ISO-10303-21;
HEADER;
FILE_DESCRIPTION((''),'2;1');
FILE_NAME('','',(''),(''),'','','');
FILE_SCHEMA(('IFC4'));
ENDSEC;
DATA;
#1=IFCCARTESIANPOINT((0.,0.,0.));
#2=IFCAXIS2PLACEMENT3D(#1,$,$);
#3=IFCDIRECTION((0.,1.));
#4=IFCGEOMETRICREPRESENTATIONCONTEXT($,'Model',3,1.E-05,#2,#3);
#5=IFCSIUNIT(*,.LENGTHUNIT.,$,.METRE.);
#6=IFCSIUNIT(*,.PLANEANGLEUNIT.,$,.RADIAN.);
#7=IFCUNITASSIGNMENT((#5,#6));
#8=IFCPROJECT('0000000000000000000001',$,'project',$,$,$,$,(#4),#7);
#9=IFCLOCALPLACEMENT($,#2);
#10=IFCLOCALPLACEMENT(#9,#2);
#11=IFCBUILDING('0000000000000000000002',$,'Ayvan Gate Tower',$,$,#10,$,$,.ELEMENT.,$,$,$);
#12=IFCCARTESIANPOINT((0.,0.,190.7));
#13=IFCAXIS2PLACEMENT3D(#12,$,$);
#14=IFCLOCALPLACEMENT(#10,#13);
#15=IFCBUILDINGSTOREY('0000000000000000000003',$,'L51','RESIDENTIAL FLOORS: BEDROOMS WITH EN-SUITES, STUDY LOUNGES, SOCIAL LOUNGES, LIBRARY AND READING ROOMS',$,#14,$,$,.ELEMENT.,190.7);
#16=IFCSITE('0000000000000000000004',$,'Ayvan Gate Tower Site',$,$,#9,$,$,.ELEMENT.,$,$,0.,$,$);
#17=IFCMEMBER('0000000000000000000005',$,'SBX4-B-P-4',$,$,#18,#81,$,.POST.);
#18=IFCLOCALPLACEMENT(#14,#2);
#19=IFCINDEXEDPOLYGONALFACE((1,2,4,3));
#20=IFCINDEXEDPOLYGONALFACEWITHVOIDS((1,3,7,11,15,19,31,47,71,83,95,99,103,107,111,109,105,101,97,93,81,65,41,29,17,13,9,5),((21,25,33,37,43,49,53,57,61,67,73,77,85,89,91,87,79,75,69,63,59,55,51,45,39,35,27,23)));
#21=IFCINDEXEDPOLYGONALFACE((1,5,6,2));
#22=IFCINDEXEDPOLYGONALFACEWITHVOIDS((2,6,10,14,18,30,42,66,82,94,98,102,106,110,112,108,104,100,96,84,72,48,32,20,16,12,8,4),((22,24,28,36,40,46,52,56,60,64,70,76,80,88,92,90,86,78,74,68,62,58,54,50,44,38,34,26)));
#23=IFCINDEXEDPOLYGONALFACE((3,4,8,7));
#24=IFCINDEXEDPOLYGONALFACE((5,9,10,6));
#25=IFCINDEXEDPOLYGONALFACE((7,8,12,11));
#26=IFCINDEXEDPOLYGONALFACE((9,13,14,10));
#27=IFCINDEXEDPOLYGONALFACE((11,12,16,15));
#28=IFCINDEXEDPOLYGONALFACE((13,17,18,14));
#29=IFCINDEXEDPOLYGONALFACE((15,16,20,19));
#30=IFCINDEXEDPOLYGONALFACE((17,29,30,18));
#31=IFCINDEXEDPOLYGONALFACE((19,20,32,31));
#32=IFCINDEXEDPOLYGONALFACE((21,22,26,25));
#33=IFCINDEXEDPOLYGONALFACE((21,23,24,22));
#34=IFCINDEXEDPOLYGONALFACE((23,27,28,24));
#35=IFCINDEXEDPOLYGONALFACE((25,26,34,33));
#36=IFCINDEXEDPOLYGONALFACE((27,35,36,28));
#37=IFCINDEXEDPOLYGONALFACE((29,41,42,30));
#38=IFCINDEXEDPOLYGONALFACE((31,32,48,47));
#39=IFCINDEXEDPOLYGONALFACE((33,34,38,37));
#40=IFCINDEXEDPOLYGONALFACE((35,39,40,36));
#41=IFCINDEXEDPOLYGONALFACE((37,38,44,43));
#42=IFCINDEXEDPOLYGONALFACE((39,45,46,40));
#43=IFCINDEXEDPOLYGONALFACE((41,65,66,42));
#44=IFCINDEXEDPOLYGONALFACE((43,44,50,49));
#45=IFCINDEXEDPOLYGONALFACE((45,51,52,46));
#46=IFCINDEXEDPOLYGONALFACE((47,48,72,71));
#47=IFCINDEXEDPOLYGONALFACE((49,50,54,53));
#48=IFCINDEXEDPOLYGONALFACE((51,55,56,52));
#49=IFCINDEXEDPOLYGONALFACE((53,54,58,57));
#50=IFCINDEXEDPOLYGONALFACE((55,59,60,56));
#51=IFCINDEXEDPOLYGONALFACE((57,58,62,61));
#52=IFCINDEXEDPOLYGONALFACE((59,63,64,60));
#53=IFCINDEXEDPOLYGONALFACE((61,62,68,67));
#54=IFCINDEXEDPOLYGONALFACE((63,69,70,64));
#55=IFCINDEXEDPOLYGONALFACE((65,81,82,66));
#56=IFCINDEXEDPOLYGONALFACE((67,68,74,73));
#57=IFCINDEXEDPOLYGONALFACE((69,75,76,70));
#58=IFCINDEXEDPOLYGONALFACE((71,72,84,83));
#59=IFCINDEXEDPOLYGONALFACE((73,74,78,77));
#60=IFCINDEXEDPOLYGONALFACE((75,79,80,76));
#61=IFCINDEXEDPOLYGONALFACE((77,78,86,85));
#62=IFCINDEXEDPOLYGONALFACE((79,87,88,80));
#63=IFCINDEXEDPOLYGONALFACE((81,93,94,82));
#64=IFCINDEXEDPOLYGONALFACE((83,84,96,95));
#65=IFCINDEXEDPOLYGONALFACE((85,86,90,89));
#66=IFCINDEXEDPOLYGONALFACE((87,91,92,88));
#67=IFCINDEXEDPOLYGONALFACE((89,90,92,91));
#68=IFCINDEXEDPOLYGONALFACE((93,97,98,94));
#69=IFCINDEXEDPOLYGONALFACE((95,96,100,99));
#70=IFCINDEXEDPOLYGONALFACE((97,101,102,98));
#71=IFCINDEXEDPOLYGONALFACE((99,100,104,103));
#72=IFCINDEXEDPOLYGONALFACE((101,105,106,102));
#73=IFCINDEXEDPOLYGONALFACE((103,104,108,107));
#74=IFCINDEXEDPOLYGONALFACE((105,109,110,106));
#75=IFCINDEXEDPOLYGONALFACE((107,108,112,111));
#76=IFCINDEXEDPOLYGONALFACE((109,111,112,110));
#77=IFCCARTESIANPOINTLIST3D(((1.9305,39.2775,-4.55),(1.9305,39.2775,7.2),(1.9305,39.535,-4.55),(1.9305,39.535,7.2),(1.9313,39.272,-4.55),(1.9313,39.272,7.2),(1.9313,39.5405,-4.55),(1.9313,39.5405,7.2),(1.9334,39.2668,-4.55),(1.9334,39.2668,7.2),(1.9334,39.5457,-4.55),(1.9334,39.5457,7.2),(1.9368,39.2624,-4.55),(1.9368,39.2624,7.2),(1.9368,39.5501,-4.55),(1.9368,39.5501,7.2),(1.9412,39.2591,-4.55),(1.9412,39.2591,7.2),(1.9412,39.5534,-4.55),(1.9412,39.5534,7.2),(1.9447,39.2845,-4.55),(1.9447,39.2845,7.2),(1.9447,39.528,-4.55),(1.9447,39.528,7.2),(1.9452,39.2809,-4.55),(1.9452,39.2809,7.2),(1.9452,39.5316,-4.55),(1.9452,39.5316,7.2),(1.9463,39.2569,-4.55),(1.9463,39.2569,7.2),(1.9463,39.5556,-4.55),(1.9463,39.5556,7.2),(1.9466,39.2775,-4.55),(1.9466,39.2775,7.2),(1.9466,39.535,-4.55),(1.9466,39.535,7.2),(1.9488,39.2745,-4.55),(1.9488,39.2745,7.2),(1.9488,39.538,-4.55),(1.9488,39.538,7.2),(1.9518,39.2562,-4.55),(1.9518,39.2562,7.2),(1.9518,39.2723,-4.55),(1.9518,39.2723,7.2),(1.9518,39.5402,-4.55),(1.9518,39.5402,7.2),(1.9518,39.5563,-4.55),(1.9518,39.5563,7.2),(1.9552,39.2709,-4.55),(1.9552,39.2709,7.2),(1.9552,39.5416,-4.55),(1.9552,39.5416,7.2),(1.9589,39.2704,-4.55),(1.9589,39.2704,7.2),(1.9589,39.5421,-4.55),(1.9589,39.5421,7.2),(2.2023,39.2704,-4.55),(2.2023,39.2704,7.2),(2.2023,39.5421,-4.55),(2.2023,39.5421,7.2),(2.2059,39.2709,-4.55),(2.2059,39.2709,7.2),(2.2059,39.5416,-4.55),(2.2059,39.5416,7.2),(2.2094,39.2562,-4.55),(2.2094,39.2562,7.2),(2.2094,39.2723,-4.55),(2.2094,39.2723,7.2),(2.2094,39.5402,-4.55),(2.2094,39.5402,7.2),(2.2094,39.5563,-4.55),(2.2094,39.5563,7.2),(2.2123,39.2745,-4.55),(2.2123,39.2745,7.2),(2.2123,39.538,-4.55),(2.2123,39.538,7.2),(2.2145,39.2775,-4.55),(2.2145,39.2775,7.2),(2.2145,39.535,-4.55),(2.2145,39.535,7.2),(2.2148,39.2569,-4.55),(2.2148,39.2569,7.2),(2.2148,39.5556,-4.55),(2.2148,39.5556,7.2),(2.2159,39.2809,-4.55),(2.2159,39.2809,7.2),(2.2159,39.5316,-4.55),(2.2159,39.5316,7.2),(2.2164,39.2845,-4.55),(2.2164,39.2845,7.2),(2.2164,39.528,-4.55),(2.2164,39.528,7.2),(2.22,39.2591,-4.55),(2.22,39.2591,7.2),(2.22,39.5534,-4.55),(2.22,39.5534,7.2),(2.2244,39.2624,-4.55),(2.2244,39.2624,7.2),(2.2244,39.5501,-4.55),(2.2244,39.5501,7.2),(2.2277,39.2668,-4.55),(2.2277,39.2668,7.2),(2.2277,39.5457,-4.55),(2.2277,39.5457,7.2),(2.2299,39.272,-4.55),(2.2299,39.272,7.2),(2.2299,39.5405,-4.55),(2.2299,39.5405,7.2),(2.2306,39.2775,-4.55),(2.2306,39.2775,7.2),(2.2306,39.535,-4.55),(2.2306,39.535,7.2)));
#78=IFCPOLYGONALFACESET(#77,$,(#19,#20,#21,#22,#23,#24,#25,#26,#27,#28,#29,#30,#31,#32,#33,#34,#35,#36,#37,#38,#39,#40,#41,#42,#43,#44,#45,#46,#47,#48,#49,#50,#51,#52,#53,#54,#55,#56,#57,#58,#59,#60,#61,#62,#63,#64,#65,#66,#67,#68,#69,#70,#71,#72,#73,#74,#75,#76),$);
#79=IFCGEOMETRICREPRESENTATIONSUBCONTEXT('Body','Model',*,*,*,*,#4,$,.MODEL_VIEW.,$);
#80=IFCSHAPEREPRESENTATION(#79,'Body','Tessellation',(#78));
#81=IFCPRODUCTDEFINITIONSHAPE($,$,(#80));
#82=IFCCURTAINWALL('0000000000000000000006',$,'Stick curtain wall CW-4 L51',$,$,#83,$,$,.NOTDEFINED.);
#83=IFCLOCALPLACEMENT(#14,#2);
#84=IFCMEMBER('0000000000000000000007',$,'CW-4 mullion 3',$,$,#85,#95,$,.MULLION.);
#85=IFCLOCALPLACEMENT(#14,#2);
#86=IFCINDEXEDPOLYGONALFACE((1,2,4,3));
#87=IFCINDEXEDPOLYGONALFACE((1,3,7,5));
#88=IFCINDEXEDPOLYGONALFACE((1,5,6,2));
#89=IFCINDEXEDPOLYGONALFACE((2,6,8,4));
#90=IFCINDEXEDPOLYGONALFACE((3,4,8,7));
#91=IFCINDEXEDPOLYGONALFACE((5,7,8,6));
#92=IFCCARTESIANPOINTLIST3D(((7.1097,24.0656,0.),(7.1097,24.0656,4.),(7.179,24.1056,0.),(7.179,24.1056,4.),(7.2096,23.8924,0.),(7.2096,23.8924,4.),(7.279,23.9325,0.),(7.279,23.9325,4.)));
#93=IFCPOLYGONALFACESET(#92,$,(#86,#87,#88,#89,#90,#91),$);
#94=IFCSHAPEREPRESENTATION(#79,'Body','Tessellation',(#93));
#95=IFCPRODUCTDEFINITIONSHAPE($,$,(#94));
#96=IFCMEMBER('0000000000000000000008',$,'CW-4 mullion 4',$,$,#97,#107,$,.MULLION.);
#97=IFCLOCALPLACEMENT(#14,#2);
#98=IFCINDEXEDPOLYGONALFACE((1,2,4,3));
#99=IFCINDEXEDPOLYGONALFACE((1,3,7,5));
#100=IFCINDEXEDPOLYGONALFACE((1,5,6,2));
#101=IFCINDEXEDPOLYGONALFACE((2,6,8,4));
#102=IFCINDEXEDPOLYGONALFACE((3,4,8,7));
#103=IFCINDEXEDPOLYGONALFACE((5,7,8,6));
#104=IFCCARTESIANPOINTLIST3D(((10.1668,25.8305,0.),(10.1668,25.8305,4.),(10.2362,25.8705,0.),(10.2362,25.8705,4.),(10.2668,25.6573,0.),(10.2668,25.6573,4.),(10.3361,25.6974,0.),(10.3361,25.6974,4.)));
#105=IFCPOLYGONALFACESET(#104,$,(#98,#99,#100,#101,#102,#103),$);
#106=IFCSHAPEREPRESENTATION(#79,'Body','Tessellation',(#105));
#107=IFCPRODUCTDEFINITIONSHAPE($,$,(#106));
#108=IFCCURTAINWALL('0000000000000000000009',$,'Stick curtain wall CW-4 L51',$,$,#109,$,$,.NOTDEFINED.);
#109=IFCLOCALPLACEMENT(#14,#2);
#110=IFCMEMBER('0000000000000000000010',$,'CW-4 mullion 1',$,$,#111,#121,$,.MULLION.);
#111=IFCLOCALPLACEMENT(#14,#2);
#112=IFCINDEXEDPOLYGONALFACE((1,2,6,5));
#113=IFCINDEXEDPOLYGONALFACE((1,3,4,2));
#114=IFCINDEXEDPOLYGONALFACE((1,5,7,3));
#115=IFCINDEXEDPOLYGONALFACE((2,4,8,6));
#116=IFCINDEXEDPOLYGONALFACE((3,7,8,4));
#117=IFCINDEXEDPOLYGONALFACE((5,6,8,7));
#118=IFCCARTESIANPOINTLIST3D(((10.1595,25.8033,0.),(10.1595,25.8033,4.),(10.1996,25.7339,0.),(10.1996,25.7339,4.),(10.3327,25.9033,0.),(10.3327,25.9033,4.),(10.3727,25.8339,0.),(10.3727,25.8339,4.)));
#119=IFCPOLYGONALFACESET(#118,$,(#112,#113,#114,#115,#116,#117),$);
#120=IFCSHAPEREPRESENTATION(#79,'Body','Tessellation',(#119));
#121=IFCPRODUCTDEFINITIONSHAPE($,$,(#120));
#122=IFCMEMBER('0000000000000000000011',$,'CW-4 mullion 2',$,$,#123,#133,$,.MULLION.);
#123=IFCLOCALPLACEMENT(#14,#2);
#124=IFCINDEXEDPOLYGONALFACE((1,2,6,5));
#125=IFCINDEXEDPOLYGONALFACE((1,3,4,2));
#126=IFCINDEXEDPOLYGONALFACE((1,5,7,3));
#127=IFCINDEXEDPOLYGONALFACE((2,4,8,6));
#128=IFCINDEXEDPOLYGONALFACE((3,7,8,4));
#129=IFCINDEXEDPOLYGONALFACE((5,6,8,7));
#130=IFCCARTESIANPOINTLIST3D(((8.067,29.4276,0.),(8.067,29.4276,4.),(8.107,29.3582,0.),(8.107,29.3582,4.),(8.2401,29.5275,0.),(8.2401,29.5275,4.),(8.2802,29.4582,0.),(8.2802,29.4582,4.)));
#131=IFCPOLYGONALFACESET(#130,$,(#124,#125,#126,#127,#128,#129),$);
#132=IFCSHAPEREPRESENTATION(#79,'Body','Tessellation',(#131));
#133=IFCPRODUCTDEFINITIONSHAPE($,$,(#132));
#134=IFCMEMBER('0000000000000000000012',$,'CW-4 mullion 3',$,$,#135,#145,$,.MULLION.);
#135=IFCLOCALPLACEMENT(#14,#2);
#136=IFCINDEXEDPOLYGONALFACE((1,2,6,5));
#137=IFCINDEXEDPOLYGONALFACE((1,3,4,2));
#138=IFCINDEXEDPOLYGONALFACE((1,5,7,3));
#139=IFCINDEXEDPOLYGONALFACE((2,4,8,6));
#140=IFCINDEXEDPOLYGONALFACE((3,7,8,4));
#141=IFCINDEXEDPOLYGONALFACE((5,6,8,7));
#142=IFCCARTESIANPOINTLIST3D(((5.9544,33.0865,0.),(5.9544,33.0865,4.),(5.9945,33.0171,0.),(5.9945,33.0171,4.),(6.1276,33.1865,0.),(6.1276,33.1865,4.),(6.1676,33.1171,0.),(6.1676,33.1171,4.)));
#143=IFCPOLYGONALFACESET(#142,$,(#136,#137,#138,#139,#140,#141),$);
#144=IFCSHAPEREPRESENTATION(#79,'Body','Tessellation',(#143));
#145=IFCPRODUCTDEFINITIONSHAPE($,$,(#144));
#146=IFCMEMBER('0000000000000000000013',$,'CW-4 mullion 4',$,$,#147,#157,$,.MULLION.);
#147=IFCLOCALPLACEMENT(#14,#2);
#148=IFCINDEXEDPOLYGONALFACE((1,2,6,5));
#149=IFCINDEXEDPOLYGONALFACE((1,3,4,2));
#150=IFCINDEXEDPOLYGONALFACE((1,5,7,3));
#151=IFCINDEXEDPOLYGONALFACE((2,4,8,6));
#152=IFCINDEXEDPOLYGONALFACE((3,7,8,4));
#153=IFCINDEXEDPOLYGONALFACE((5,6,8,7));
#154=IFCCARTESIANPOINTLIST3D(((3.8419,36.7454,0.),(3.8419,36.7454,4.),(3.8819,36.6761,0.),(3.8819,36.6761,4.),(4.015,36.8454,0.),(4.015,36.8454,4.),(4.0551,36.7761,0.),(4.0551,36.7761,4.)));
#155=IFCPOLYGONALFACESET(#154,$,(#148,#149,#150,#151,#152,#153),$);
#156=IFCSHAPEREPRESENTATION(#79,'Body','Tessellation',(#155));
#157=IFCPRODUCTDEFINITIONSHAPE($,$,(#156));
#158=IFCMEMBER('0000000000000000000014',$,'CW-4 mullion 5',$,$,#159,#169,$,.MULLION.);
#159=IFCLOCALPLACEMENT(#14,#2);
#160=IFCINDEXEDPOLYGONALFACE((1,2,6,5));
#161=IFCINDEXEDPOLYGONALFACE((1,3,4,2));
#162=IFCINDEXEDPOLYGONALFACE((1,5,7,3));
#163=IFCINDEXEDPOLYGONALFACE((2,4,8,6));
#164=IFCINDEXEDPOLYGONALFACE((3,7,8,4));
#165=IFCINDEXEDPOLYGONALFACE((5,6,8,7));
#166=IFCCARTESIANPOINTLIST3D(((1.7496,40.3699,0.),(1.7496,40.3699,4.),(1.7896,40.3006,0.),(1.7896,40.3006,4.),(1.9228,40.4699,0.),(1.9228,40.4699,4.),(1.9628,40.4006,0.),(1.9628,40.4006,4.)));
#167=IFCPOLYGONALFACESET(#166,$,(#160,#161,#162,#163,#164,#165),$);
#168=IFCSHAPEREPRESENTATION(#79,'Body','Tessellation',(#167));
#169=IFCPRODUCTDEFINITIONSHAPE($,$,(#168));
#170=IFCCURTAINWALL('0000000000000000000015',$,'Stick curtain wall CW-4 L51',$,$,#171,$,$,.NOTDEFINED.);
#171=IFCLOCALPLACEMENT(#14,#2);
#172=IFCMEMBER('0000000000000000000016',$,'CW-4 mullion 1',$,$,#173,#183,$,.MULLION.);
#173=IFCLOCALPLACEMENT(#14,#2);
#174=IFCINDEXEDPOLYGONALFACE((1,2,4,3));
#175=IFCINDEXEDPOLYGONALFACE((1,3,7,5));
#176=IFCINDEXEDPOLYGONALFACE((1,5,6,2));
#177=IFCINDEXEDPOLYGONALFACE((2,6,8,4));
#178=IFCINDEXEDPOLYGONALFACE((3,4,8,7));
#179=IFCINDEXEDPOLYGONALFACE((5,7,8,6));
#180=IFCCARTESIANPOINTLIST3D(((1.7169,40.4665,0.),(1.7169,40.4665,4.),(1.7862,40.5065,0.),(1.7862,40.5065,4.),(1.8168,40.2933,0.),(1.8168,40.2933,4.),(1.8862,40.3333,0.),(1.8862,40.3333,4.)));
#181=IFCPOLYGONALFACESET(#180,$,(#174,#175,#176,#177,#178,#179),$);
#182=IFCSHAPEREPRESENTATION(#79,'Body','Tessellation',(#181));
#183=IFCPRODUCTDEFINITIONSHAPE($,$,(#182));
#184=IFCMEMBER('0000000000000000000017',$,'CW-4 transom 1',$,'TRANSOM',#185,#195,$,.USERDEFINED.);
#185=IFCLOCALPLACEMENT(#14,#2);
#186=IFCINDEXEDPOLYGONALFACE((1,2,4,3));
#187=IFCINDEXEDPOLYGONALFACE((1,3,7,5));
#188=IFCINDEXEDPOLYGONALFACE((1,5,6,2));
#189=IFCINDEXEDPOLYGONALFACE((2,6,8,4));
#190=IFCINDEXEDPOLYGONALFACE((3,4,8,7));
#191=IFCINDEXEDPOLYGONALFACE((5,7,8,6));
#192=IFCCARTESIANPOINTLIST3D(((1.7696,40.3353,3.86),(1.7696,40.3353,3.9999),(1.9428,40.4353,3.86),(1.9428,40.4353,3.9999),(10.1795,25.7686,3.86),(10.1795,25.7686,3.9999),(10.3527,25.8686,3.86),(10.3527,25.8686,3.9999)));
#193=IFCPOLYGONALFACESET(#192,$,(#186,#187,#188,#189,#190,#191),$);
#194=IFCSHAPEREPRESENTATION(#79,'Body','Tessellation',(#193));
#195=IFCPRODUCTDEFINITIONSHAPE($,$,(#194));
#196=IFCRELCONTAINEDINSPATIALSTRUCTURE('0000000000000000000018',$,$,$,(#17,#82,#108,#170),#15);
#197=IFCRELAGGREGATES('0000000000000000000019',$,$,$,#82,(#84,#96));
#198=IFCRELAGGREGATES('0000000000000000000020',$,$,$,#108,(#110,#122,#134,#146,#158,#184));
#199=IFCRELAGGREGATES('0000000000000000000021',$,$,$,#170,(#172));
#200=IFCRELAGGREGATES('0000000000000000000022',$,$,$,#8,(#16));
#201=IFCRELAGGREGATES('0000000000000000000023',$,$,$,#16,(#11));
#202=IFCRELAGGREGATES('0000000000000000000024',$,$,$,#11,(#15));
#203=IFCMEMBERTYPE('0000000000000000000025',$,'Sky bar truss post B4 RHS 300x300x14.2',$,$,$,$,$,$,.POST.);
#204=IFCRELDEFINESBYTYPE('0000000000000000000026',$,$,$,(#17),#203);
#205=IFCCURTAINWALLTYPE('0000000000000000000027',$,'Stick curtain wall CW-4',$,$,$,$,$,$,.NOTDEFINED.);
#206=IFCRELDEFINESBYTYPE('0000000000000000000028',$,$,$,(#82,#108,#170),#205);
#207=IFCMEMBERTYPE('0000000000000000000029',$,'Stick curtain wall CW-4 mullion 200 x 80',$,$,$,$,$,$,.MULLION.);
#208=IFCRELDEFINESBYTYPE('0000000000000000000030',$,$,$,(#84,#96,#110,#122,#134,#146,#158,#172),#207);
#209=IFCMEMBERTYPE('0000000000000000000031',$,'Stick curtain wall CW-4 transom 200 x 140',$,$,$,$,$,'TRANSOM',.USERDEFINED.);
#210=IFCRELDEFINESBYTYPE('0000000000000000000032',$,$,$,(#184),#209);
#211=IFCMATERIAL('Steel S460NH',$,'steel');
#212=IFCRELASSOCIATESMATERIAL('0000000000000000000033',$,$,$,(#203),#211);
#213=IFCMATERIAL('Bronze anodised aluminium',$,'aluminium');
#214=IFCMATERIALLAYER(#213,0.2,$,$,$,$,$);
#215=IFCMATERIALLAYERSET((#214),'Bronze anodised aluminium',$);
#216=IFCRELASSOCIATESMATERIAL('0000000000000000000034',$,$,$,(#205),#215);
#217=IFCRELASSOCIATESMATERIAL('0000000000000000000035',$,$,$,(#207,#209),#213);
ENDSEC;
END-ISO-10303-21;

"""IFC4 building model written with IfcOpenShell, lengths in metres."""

from ifc_helpers import new_model, si_unit, direction, frame, origin, origin_2d, place, context, subcontext, project, spatial, rectangle, hollow_rectangle, extrude, material, layer, layer_set, material_profile, profile_set, type_object, element, aggregate, save


model = new_model("IFC4")

# Units and contexts
model_context = context("Model", 3, precision=1e-05, world=origin(), true_north=direction((0.0, 1.0)))
body_context = subcontext(model_context, "Body", "Model", "MODEL_VIEW")
ifc_project = project(units=[si_unit("LENGTHUNIT", "METRE"), si_unit("PLANEANGLEUNIT", "RADIAN")], contexts=[model_context])

# Site, building, storey
site_placement = place(None, origin())
site = spatial("IfcSite", under=ifc_project, at=site_placement, Name="Ayvan Gate Tower Site", CompositionType="ELEMENT", RefElevation=0.0)
building_placement = place(site_placement, origin())
building = spatial("IfcBuilding", under=site, at=building_placement, Name="Ayvan Gate Tower", CompositionType="ELEMENT")
storey_placement = place(building_placement, frame((0.0, 0.0, 190.7)))
storey = spatial("IfcBuildingStorey", under=building, at=storey_placement, Name="L51", Description="RESIDENTIAL FLOORS: BEDROOMS WITH EN-SUITES, STUDY LOUNGES, SOCIAL LOUNGES, LIBRARY AND READING ROOMS", CompositionType="ELEMENT", Elevation=190.7)

# Member
ifc_material_1 = material(Name="Steel S460NH", Category="steel")
ifc_material_profile_1 = material_profile(ifc_material_1, hollow_rectangle(XDim=0.3, YDim=0.3, WallThickness=0.0142, InnerFilletRadius=0.0142, OuterFilletRadius=0.0212, at=origin_2d()), Name="RHS 300x300x14.2")
ifc_profile_set_1 = profile_set([ifc_material_profile_1], Name="Steel S460NH")
member_type_1 = type_object("IfcMemberType", Name="Sky bar truss post B4 RHS 300x300x14.2", PredefinedType="POST", material=ifc_profile_set_1)
for number, where, z_axis, x_axis, name in (
    (1, (2.0806, 39.4062, -4.55), (0.0, 0.0, 1.0), (1.0, 0.0, 0.0), "SBX4-B-P-4"),
):
    element("IfcMember", number, at=place(storey_placement, frame(where, z_axis=z_axis, x_axis=x_axis)), inside=storey, type_object=member_type_1, Name=name, PredefinedType="POST", context=body_context, shape_type="SweptSolid", body=[
        extrude(hollow_rectangle(XDim=0.3, YDim=0.3, WallThickness=0.0142, InnerFilletRadius=0.0142, OuterFilletRadius=0.0212, at=origin_2d()), origin(), (0.0, 0.0, 1.0), 11.75),
    ])

# Curtain walls, members
ifc_material_2 = material(Name="Bronze anodised aluminium", Category="aluminium")
ifc_layer_1 = layer(ifc_material_2, 0.2)
ifc_layer_set_1 = layer_set([ifc_layer_1], Name="Bronze anodised aluminium")
curtain_wall_type = type_object("IfcCurtainWallType", Name="Stick curtain wall CW-4", PredefinedType="NOTDEFINED", material=ifc_layer_set_1)
curtain_wall_1_placement = place(storey_placement, origin())
curtain_wall_1 = element("IfcCurtainWall", 2, at=curtain_wall_1_placement, inside=storey, type_object=curtain_wall_type, Name="Stick curtain wall CW-4 L51", PredefinedType="NOTDEFINED")
ifc_material_profile_2 = material_profile(ifc_material_2, rectangle(XDim=0.2, YDim=0.0801, at=origin_2d()), Name="Stick curtain wall CW-4 mullion 200 x 80")
ifc_profile_set_2 = profile_set([ifc_material_profile_2], Name="Bronze anodised aluminium")
member_type_2 = type_object("IfcMemberType", Name="Stick curtain wall CW-4 mullion 200 x 80", PredefinedType="MULLION", material=ifc_profile_set_2)
member_1_placement = place(storey_placement, frame((7.1943, 23.999, 0.0), z_axis=(0.0, 0.0, 1.0), x_axis=(0.5, -0.866025, 0.0)))
member_1 = element("IfcMember", 3, at=member_1_placement, type_object=member_type_2, Name="CW-4 mullion 3", PredefinedType="MULLION", context=body_context, shape_type="SweptSolid", body=[
    extrude(rectangle(XDim=0.2, YDim=0.0801, at=origin_2d()), origin(), (0.0, 0.0, 1.0), 4.0),
])
member_2_placement = place(storey_placement, frame((10.2515, 25.7639, 0.0), z_axis=(0.0, 0.0, 1.0), x_axis=(0.5, -0.866025, 0.0)))
member_2 = element("IfcMember", 4, at=member_2_placement, type_object=member_type_2, Name="CW-4 mullion 4", PredefinedType="MULLION", context=body_context, shape_type="SweptSolid", body=[
    extrude(rectangle(XDim=0.2, YDim=0.0801, at=origin_2d()), origin(), (0.0, 0.0, 1.0), 4.0),
])
curtain_wall_2_placement = place(storey_placement, origin())
curtain_wall_2 = element("IfcCurtainWall", 5, at=curtain_wall_2_placement, inside=storey, type_object=curtain_wall_type, Name="Stick curtain wall CW-4 L51", PredefinedType="NOTDEFINED")
member_3_placement = place(storey_placement, frame((10.2661, 25.8186, 0.0), z_axis=(0.0, 0.0, 1.0), x_axis=(0.866025, 0.5, 0.0)))
member_3 = element("IfcMember", 6, at=member_3_placement, type_object=member_type_2, Name="CW-4 mullion 1", PredefinedType="MULLION", context=body_context, shape_type="SweptSolid", body=[
    extrude(rectangle(XDim=0.2, YDim=0.0801, at=origin_2d()), origin(), (0.0, 0.0, 1.0), 4.0),
])
member_4_placement = place(storey_placement, frame((8.1736, 29.4429, 0.0), z_axis=(0.0, 0.0, 1.0), x_axis=(0.866025, 0.5, 0.0)))
member_4 = element("IfcMember", 7, at=member_4_placement, type_object=member_type_2, Name="CW-4 mullion 2", PredefinedType="MULLION", context=body_context, shape_type="SweptSolid", body=[
    extrude(rectangle(XDim=0.2, YDim=0.0801, at=origin_2d()), origin(), (0.0, 0.0, 1.0), 4.0),
])
member_5_placement = place(storey_placement, frame((6.061, 33.1018, 0.0), z_axis=(0.0, 0.0, 1.0), x_axis=(0.866025, 0.5, 0.0)))
member_5 = element("IfcMember", 8, at=member_5_placement, type_object=member_type_2, Name="CW-4 mullion 3", PredefinedType="MULLION", context=body_context, shape_type="SweptSolid", body=[
    extrude(rectangle(XDim=0.2, YDim=0.0801, at=origin_2d()), origin(), (0.0, 0.0, 1.0), 4.0),
])
member_6_placement = place(storey_placement, frame((3.9485, 36.7607, 0.0), z_axis=(0.0, 0.0, 1.0), x_axis=(0.866025, 0.5, 0.0)))
member_6 = element("IfcMember", 9, at=member_6_placement, type_object=member_type_2, Name="CW-4 mullion 4", PredefinedType="MULLION", context=body_context, shape_type="SweptSolid", body=[
    extrude(rectangle(XDim=0.2, YDim=0.0801, at=origin_2d()), origin(), (0.0, 0.0, 1.0), 4.0),
])
member_7_placement = place(storey_placement, frame((1.8562, 40.3853, 0.0), z_axis=(0.0, 0.0, 1.0), x_axis=(0.866025, 0.5, 0.0)))
member_7 = element("IfcMember", 10, at=member_7_placement, type_object=member_type_2, Name="CW-4 mullion 5", PredefinedType="MULLION", context=body_context, shape_type="SweptSolid", body=[
    extrude(rectangle(XDim=0.2, YDim=0.0801, at=origin_2d()), origin(), (0.0, 0.0, 1.0), 4.0),
])

# Curtain wall, member
curtain_wall_3_placement = place(storey_placement, origin())
curtain_wall_3 = element("IfcCurtainWall", 11, at=curtain_wall_3_placement, inside=storey, type_object=curtain_wall_type, Name="Stick curtain wall CW-4 L51", PredefinedType="NOTDEFINED")
member_8_placement = place(storey_placement, frame((1.8015, 40.3999, 0.0), z_axis=(0.0, 0.0, 1.0), x_axis=(-0.5, 0.866025, 0.0)))
member_8 = element("IfcMember", 12, at=member_8_placement, type_object=member_type_2, Name="CW-4 mullion 1", PredefinedType="MULLION", context=body_context, shape_type="SweptSolid", body=[
    extrude(rectangle(XDim=0.2, YDim=0.0801, at=origin_2d()), origin(), (0.0, 0.0, 1.0), 4.0),
])

# Member
ifc_material_profile_3 = material_profile(ifc_material_2, rectangle(XDim=0.2, YDim=0.1399, at=origin_2d()), Name="Stick curtain wall CW-4 transom 200 x 140")
ifc_profile_set_3 = profile_set([ifc_material_profile_3], Name="Bronze anodised aluminium")
member_type_3 = type_object("IfcMemberType", Name="Stick curtain wall CW-4 transom 200 x 140", ElementType="TRANSOM", PredefinedType="USERDEFINED", material=ifc_profile_set_3)
member_9_placement = place(storey_placement, frame((10.2661, 25.8186, 3.9299), z_axis=(-0.499993, 0.866029, 0.0), x_axis=(-0.866029, -0.499993, 0.0)))
member_9 = element("IfcMember", 13, at=member_9_placement, type_object=member_type_3, Name="CW-4 transom 1", ObjectType="TRANSOM", PredefinedType="USERDEFINED", context=body_context, shape_type="SweptSolid", body=[
    extrude(rectangle(XDim=0.2, YDim=0.1399, at=origin_2d()), origin(), (0.0, 0.0, 1.0), 16.8201),
])

aggregate(curtain_wall_1, [member_1, member_2])
aggregate(curtain_wall_2, [member_3, member_4, member_5, member_6, member_7, member_9])
aggregate(curtain_wall_3, [member_8])

save(model, "model.ifc")
